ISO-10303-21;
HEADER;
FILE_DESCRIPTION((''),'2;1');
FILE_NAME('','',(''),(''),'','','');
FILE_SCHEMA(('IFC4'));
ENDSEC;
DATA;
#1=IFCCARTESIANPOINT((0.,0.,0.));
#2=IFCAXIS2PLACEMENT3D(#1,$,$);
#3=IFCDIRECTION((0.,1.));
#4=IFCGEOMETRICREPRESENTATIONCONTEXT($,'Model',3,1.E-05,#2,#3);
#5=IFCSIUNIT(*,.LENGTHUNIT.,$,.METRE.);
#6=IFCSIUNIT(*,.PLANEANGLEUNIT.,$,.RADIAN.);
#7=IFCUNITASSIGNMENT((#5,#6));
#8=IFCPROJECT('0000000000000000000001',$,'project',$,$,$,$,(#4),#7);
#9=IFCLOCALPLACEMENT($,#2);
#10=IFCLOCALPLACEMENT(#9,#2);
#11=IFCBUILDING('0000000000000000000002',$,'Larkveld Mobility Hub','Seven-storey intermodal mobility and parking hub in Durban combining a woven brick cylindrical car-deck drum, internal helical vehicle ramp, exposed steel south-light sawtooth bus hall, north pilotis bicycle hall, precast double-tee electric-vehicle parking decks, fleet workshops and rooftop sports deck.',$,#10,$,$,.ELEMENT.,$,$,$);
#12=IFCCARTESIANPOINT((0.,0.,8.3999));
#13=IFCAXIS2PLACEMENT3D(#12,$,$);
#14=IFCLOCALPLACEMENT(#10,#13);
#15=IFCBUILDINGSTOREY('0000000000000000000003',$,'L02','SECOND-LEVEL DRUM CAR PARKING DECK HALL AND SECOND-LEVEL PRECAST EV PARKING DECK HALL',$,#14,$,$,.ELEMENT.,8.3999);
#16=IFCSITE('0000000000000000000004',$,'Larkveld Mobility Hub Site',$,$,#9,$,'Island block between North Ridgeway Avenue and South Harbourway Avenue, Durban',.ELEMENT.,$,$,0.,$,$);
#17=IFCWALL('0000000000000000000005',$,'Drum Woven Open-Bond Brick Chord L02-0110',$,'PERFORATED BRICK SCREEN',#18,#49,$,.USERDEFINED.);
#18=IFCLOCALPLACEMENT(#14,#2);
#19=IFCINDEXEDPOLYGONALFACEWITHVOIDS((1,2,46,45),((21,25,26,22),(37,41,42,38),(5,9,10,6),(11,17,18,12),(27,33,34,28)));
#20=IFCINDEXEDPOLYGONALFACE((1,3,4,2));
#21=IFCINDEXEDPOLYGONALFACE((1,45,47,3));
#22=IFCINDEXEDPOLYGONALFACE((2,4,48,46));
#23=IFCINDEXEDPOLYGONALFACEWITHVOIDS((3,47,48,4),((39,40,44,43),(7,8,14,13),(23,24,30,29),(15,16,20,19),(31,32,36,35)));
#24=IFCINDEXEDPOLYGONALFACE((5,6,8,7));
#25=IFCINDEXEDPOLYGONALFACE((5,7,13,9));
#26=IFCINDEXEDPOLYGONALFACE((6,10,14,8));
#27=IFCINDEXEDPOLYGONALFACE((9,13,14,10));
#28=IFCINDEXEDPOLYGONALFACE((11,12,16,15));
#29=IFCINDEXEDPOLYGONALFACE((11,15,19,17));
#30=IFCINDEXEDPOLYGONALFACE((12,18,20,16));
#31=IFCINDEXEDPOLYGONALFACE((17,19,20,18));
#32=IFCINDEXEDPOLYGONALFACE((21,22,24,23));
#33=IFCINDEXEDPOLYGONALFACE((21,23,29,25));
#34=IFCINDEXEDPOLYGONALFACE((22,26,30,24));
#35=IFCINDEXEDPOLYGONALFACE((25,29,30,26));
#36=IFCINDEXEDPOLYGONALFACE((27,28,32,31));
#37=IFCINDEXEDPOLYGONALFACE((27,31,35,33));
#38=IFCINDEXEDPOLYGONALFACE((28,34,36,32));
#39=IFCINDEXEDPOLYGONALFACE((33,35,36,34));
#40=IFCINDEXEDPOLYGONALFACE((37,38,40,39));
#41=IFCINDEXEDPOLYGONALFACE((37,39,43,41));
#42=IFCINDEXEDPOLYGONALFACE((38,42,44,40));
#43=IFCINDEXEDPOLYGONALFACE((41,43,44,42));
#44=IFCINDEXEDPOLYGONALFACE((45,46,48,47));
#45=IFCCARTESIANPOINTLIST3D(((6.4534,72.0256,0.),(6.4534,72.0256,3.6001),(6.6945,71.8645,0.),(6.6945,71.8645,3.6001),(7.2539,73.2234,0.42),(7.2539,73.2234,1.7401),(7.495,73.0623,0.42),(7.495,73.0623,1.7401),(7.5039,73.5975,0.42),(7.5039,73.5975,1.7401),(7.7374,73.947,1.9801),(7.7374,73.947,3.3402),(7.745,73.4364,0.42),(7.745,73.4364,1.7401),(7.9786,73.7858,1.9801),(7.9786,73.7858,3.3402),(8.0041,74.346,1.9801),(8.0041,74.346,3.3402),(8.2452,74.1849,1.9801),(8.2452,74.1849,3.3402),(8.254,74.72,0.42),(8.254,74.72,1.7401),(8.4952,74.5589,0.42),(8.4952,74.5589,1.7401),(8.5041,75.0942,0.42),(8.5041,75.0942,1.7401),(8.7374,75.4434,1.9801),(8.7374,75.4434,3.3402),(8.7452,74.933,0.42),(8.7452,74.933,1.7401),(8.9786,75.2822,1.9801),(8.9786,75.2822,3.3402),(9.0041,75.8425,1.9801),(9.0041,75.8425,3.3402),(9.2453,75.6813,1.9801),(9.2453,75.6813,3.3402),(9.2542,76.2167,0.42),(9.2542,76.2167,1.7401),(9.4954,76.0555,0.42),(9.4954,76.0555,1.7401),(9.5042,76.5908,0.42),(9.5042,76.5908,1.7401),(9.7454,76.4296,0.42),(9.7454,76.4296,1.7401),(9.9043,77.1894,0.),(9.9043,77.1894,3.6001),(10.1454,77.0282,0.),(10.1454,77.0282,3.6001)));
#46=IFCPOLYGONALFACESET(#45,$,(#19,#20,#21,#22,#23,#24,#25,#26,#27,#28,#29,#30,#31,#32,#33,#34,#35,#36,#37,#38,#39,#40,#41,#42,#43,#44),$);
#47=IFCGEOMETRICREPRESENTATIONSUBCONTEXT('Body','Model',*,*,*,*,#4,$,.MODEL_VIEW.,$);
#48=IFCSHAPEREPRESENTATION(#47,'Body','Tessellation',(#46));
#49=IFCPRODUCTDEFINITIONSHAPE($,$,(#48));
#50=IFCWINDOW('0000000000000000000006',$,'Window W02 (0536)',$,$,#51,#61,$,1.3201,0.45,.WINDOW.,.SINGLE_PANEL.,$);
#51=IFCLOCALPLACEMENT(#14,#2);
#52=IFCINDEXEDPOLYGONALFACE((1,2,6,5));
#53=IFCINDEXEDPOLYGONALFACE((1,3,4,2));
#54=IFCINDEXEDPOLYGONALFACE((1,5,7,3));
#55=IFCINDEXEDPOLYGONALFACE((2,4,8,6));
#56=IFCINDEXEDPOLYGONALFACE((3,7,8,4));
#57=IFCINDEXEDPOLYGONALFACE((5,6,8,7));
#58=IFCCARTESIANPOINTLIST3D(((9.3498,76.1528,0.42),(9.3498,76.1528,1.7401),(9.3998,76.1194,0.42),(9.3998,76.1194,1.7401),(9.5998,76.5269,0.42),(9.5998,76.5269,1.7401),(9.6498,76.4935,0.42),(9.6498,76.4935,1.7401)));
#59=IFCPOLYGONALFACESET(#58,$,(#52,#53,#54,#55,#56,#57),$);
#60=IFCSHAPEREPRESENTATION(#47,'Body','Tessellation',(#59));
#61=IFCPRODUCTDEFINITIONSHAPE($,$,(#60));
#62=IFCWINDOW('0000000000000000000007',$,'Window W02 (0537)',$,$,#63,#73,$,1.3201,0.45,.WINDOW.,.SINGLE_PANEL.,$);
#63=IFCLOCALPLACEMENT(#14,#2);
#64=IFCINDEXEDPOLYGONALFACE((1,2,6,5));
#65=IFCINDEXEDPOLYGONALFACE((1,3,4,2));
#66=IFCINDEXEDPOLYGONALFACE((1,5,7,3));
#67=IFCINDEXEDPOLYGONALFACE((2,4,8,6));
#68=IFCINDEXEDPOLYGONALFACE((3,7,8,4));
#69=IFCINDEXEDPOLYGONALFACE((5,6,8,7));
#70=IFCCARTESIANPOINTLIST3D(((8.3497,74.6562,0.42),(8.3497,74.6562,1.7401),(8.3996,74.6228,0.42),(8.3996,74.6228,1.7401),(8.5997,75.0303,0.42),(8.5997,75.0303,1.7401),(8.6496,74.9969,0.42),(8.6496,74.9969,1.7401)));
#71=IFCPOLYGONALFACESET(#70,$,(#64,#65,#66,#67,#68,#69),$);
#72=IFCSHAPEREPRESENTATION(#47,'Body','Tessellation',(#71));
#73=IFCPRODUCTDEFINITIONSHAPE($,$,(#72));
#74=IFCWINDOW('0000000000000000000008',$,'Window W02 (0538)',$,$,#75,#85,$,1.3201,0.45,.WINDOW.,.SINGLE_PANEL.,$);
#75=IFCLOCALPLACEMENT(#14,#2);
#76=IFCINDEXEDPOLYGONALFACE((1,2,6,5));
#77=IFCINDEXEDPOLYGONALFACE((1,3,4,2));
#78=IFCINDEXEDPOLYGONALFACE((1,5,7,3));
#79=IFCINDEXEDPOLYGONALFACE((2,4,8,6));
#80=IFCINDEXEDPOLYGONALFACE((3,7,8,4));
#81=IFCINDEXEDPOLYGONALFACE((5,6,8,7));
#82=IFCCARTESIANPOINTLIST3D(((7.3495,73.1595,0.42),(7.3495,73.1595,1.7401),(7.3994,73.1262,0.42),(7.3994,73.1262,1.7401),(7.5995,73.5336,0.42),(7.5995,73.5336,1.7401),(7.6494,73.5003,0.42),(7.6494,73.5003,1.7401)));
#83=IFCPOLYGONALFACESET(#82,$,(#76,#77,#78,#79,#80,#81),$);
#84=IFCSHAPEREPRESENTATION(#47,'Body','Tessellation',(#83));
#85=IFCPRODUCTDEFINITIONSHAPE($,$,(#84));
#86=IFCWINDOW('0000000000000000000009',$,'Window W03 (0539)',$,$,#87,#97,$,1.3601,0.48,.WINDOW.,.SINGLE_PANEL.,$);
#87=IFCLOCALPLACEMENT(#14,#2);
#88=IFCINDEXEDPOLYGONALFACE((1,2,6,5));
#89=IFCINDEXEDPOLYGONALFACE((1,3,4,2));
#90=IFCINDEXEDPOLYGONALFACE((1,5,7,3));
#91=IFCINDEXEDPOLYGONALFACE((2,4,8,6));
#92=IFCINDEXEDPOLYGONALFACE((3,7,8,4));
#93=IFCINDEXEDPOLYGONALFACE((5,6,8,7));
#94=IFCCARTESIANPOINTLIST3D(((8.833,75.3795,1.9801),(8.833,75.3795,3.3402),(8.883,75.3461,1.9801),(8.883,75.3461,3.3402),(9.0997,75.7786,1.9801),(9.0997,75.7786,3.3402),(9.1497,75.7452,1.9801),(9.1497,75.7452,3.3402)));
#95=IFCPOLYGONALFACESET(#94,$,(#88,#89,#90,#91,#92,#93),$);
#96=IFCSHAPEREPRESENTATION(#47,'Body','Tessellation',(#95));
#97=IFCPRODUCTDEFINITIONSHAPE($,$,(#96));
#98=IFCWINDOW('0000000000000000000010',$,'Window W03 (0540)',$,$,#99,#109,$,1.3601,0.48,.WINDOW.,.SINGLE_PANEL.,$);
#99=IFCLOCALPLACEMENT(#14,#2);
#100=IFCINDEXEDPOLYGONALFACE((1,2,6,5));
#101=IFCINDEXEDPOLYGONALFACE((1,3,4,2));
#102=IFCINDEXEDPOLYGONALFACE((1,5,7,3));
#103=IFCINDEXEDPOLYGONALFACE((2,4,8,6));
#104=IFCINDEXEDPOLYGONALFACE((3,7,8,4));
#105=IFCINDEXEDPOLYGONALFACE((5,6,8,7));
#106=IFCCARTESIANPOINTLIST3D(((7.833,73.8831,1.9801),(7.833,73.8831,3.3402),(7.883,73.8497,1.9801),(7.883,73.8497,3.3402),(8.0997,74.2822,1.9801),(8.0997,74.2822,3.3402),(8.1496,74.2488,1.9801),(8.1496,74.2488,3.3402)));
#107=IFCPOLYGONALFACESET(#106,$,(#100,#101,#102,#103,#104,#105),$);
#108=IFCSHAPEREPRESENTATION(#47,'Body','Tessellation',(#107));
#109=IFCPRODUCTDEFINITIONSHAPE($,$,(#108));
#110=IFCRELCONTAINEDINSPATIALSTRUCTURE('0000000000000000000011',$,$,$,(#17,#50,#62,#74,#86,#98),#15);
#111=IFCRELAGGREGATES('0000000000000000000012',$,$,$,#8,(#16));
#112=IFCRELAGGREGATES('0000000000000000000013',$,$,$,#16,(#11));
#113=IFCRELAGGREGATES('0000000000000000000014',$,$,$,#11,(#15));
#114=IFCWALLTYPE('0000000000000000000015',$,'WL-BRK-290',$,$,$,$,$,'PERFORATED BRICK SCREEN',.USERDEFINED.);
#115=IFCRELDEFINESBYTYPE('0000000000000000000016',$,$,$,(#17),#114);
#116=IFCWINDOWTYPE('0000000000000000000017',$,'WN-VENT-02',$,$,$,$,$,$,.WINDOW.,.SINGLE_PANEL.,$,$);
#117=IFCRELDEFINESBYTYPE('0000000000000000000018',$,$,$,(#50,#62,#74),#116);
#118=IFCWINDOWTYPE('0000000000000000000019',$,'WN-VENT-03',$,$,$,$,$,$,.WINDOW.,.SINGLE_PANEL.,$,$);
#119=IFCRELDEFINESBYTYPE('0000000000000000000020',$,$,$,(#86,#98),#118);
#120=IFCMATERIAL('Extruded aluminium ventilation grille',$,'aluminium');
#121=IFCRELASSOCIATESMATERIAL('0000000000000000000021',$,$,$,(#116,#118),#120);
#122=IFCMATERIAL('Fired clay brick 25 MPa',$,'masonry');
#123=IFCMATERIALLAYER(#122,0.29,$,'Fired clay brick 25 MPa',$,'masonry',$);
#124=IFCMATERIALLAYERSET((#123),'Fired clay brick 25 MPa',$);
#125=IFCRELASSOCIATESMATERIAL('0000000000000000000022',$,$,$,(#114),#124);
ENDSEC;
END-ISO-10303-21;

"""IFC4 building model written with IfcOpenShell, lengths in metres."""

from ifc_helpers import new_model, si_unit, direction, frame, frame_2d, origin, place, context, subcontext, project, spatial, rectangle, extrude, material, layer, layer_set, type_object, element, fill, save


model = new_model("IFC4")

# Units and contexts
model_context = context("Model", 3, precision=1e-05, world=origin(), true_north=direction((0.0, 1.0)))
body_context = subcontext(model_context, "Body", "Model", "MODEL_VIEW")
ifc_project = project(units=[si_unit("LENGTHUNIT", "METRE"), si_unit("PLANEANGLEUNIT", "RADIAN")], contexts=[model_context])

# Site, building, storey
site_placement = place(None, origin())
site = spatial("IfcSite", under=ifc_project, at=site_placement, Name="Larkveld Mobility Hub Site", LongName="Island block between North Ridgeway Avenue and South Harbourway Avenue, Durban", CompositionType="ELEMENT", RefElevation=0.0)
building_placement = place(site_placement, origin())
building = spatial("IfcBuilding", under=site, at=building_placement, Name="Larkveld Mobility Hub", Description="Seven-storey intermodal mobility and parking hub in Durban combining a woven brick cylindrical car-deck drum, internal helical vehicle ramp, exposed steel south-light sawtooth bus hall, north pilotis bicycle hall, precast double-tee electric-vehicle parking decks, fleet workshops and rooftop sports deck.", CompositionType="ELEMENT")
storey_placement = place(building_placement, frame((0.0, 0.0, 8.3999)))
storey = spatial("IfcBuildingStorey", under=building, at=storey_placement, Name="L02", Description="SECOND-LEVEL DRUM CAR PARKING DECK HALL AND SECOND-LEVEL PRECAST EV PARKING DECK HALL", CompositionType="ELEMENT", Elevation=8.3999)

# Wall, openings, windows
ifc_material_1 = material(Name="Fired clay brick 25 MPa", Category="masonry")
ifc_material_2 = material(Name="Extruded aluminium ventilation grille", Category="aluminium")
window_type_1 = type_object("IfcWindowType", Name="WN-VENT-02", PartitioningType="SINGLE_PANEL", PredefinedType="WINDOW", material=ifc_material_2)
ifc_layer_1 = layer(ifc_material_1, 0.29, Name="Fired clay brick 25 MPa", Category="masonry")
ifc_layer_set_1 = layer_set([ifc_layer_1], Name="Fired clay brick 25 MPa")
wall_type_1 = type_object("IfcWallType", Name="WL-BRK-290", ElementType="PERFORATED BRICK SCREEN", PredefinedType="USERDEFINED", material=ifc_layer_set_1)
wall_1_placement = place(storey_placement, frame((10.0249, 77.1089, 0.0), z_axis=(0.0, 0.0, 1.0), x_axis=(-0.555634, -0.831427, 0.0)))
wall_1 = element("IfcWall", 1, at=wall_1_placement, inside=storey, type_object=wall_type_1, Name="Drum Woven Open-Bond Brick Chord L02-0110", ObjectType="PERFORATED BRICK SCREEN", PredefinedType="USERDEFINED", context=body_context, shape_type="SweptSolid", body=[
    extrude(rectangle(XDim=6.2107, YDim=0.29, at=frame_2d((3.1055, 0.0))), origin(), (0.0, 0.0, 1.0), 3.6001),
])
opening_1_placement = place(wall_1_placement, frame((0.72, 0.0, 0.4199)))
opening_1 = element("IfcOpeningElement", 2, at=opening_1_placement, cuts=wall_1, PredefinedType="OPENING", context=body_context, shape_type="SweptSolid", body=[
    extrude(rectangle(XDim=0.45, YDim=1.3201, at=frame_2d((0.2251, 0.6602))), frame((0.0, 0.155, 0.0), z_axis=(0.0, -1.0, 0.0), x_axis=(1.0, 0.0, 0.0)), (0.0, 0.0, 1.0), 0.3101),
])
opening_2_placement = place(wall_1_placement, frame((2.52, 0.0, 0.4199)))
opening_2 = element("IfcOpeningElement", 3, at=opening_2_placement, cuts=wall_1, PredefinedType="OPENING", context=body_context, shape_type="SweptSolid", body=[
    extrude(rectangle(XDim=0.45, YDim=1.3201, at=frame_2d((0.2251, 0.6602))), frame((0.0, 0.155, 0.0), z_axis=(0.0, -1.0, 0.0), x_axis=(1.0, 0.0, 0.0)), (0.0, 0.0, 1.0), 0.3101),
])
opening_3_placement = place(wall_1_placement, frame((4.3201, 0.0, 0.4199)))
opening_3 = element("IfcOpeningElement", 4, at=opening_3_placement, cuts=wall_1, PredefinedType="OPENING", context=body_context, shape_type="SweptSolid", body=[
    extrude(rectangle(XDim=0.45, YDim=1.3201, at=frame_2d((0.2251, 0.6602))), frame((0.0, 0.155, 0.0), z_axis=(0.0, -1.0, 0.0), x_axis=(1.0, 0.0, 0.0)), (0.0, 0.0, 1.0), 0.3101),
])
opening_4_placement = place(wall_1_placement, frame((1.6201, 0.0, 1.98)))
opening_4 = element("IfcOpeningElement", 5, at=opening_4_placement, cuts=wall_1, PredefinedType="OPENING", context=body_context, shape_type="SweptSolid", body=[
    extrude(rectangle(XDim=0.48, YDim=1.3601, at=frame_2d((0.24, 0.6802))), frame((0.0, 0.155, 0.0), z_axis=(0.0, -1.0, 0.0), x_axis=(1.0, 0.0, 0.0)), (0.0, 0.0, 1.0), 0.3101),
])
opening_5_placement = place(wall_1_placement, frame((3.4199, 0.0, 1.98)))
opening_5 = element("IfcOpeningElement", 6, at=opening_5_placement, cuts=wall_1, PredefinedType="OPENING", context=body_context, shape_type="SweptSolid", body=[
    extrude(rectangle(XDim=0.48, YDim=1.3601, at=frame_2d((0.24, 0.6802))), frame((0.0, 0.155, 0.0), z_axis=(0.0, -1.0, 0.0), x_axis=(1.0, 0.0, 0.0)), (0.0, 0.0, 1.0), 0.3101),
])
window_1_placement = place(opening_1_placement, origin())
window_1 = element("IfcWindow", 7, at=window_1_placement, inside=storey, type_object=window_type_1, Name="Window W02 (0536)", OverallHeight=1.3201, OverallWidth=0.45, PartitioningType="SINGLE_PANEL", PredefinedType="WINDOW", context=body_context, shape_type="SweptSolid", body=[
    extrude(rectangle(XDim=0.45, YDim=1.3201, at=frame_2d((0.2251, 0.6602))), frame((0.0, 0.03, 0.0), z_axis=(0.0, -1.0, 0.0), x_axis=(1.0, 0.0, 0.0)), (0.0, 0.0, 1.0), 0.0601),
])
fill(opening_1, window_1)
window_2_placement = place(opening_2_placement, origin())
window_2 = element("IfcWindow", 8, at=window_2_placement, inside=storey, type_object=window_type_1, Name="Window W02 (0537)", OverallHeight=1.3201, OverallWidth=0.45, PartitioningType="SINGLE_PANEL", PredefinedType="WINDOW", context=body_context, shape_type="SweptSolid", body=[
    extrude(rectangle(XDim=0.45, YDim=1.3201, at=frame_2d((0.2251, 0.6602))), frame((0.0, 0.03, 0.0), z_axis=(0.0, -1.0, 0.0), x_axis=(1.0, 0.0, 0.0)), (0.0, 0.0, 1.0), 0.0601),
])
fill(opening_2, window_2)
window_3_placement = place(opening_3_placement, origin())
window_3 = element("IfcWindow", 9, at=window_3_placement, inside=storey, type_object=window_type_1, Name="Window W02 (0538)", OverallHeight=1.3201, OverallWidth=0.45, PartitioningType="SINGLE_PANEL", PredefinedType="WINDOW", context=body_context, shape_type="SweptSolid", body=[
    extrude(rectangle(XDim=0.45, YDim=1.3201, at=frame_2d((0.2251, 0.6602))), frame((0.0, 0.03, 0.0), z_axis=(0.0, -1.0, 0.0), x_axis=(1.0, 0.0, 0.0)), (0.0, 0.0, 1.0), 0.0601),
])
fill(opening_3, window_3)
window_type_2 = type_object("IfcWindowType", Name="WN-VENT-03", PartitioningType="SINGLE_PANEL", PredefinedType="WINDOW", material=ifc_material_2)
window_4_placement = place(opening_4_placement, origin())
window_4 = element("IfcWindow", 10, at=window_4_placement, inside=storey, type_object=window_type_2, Name="Window W03 (0539)", OverallHeight=1.3601, OverallWidth=0.48, PartitioningType="SINGLE_PANEL", PredefinedType="WINDOW", context=body_context, shape_type="SweptSolid", body=[
    extrude(rectangle(XDim=0.48, YDim=1.3601, at=frame_2d((0.24, 0.6802))), frame((0.0, 0.03, 0.0), z_axis=(0.0, -1.0, 0.0), x_axis=(1.0, 0.0, 0.0)), (0.0, 0.0, 1.0), 0.0601),
])
fill(opening_4, window_4)
window_5_placement = place(opening_5_placement, origin())
window_5 = element("IfcWindow", 11, at=window_5_placement, inside=storey, type_object=window_type_2, Name="Window W03 (0540)", OverallHeight=1.3601, OverallWidth=0.48, PartitioningType="SINGLE_PANEL", PredefinedType="WINDOW", context=body_context, shape_type="SweptSolid", body=[
    extrude(rectangle(XDim=0.48, YDim=1.3601, at=frame_2d((0.24, 0.6802))), frame((0.0, 0.03, 0.0), z_axis=(0.0, -1.0, 0.0), x_axis=(1.0, 0.0, 0.0)), (0.0, 0.0, 1.0), 0.0601),
])
fill(opening_5, window_5)

save(model, "model.ifc")
